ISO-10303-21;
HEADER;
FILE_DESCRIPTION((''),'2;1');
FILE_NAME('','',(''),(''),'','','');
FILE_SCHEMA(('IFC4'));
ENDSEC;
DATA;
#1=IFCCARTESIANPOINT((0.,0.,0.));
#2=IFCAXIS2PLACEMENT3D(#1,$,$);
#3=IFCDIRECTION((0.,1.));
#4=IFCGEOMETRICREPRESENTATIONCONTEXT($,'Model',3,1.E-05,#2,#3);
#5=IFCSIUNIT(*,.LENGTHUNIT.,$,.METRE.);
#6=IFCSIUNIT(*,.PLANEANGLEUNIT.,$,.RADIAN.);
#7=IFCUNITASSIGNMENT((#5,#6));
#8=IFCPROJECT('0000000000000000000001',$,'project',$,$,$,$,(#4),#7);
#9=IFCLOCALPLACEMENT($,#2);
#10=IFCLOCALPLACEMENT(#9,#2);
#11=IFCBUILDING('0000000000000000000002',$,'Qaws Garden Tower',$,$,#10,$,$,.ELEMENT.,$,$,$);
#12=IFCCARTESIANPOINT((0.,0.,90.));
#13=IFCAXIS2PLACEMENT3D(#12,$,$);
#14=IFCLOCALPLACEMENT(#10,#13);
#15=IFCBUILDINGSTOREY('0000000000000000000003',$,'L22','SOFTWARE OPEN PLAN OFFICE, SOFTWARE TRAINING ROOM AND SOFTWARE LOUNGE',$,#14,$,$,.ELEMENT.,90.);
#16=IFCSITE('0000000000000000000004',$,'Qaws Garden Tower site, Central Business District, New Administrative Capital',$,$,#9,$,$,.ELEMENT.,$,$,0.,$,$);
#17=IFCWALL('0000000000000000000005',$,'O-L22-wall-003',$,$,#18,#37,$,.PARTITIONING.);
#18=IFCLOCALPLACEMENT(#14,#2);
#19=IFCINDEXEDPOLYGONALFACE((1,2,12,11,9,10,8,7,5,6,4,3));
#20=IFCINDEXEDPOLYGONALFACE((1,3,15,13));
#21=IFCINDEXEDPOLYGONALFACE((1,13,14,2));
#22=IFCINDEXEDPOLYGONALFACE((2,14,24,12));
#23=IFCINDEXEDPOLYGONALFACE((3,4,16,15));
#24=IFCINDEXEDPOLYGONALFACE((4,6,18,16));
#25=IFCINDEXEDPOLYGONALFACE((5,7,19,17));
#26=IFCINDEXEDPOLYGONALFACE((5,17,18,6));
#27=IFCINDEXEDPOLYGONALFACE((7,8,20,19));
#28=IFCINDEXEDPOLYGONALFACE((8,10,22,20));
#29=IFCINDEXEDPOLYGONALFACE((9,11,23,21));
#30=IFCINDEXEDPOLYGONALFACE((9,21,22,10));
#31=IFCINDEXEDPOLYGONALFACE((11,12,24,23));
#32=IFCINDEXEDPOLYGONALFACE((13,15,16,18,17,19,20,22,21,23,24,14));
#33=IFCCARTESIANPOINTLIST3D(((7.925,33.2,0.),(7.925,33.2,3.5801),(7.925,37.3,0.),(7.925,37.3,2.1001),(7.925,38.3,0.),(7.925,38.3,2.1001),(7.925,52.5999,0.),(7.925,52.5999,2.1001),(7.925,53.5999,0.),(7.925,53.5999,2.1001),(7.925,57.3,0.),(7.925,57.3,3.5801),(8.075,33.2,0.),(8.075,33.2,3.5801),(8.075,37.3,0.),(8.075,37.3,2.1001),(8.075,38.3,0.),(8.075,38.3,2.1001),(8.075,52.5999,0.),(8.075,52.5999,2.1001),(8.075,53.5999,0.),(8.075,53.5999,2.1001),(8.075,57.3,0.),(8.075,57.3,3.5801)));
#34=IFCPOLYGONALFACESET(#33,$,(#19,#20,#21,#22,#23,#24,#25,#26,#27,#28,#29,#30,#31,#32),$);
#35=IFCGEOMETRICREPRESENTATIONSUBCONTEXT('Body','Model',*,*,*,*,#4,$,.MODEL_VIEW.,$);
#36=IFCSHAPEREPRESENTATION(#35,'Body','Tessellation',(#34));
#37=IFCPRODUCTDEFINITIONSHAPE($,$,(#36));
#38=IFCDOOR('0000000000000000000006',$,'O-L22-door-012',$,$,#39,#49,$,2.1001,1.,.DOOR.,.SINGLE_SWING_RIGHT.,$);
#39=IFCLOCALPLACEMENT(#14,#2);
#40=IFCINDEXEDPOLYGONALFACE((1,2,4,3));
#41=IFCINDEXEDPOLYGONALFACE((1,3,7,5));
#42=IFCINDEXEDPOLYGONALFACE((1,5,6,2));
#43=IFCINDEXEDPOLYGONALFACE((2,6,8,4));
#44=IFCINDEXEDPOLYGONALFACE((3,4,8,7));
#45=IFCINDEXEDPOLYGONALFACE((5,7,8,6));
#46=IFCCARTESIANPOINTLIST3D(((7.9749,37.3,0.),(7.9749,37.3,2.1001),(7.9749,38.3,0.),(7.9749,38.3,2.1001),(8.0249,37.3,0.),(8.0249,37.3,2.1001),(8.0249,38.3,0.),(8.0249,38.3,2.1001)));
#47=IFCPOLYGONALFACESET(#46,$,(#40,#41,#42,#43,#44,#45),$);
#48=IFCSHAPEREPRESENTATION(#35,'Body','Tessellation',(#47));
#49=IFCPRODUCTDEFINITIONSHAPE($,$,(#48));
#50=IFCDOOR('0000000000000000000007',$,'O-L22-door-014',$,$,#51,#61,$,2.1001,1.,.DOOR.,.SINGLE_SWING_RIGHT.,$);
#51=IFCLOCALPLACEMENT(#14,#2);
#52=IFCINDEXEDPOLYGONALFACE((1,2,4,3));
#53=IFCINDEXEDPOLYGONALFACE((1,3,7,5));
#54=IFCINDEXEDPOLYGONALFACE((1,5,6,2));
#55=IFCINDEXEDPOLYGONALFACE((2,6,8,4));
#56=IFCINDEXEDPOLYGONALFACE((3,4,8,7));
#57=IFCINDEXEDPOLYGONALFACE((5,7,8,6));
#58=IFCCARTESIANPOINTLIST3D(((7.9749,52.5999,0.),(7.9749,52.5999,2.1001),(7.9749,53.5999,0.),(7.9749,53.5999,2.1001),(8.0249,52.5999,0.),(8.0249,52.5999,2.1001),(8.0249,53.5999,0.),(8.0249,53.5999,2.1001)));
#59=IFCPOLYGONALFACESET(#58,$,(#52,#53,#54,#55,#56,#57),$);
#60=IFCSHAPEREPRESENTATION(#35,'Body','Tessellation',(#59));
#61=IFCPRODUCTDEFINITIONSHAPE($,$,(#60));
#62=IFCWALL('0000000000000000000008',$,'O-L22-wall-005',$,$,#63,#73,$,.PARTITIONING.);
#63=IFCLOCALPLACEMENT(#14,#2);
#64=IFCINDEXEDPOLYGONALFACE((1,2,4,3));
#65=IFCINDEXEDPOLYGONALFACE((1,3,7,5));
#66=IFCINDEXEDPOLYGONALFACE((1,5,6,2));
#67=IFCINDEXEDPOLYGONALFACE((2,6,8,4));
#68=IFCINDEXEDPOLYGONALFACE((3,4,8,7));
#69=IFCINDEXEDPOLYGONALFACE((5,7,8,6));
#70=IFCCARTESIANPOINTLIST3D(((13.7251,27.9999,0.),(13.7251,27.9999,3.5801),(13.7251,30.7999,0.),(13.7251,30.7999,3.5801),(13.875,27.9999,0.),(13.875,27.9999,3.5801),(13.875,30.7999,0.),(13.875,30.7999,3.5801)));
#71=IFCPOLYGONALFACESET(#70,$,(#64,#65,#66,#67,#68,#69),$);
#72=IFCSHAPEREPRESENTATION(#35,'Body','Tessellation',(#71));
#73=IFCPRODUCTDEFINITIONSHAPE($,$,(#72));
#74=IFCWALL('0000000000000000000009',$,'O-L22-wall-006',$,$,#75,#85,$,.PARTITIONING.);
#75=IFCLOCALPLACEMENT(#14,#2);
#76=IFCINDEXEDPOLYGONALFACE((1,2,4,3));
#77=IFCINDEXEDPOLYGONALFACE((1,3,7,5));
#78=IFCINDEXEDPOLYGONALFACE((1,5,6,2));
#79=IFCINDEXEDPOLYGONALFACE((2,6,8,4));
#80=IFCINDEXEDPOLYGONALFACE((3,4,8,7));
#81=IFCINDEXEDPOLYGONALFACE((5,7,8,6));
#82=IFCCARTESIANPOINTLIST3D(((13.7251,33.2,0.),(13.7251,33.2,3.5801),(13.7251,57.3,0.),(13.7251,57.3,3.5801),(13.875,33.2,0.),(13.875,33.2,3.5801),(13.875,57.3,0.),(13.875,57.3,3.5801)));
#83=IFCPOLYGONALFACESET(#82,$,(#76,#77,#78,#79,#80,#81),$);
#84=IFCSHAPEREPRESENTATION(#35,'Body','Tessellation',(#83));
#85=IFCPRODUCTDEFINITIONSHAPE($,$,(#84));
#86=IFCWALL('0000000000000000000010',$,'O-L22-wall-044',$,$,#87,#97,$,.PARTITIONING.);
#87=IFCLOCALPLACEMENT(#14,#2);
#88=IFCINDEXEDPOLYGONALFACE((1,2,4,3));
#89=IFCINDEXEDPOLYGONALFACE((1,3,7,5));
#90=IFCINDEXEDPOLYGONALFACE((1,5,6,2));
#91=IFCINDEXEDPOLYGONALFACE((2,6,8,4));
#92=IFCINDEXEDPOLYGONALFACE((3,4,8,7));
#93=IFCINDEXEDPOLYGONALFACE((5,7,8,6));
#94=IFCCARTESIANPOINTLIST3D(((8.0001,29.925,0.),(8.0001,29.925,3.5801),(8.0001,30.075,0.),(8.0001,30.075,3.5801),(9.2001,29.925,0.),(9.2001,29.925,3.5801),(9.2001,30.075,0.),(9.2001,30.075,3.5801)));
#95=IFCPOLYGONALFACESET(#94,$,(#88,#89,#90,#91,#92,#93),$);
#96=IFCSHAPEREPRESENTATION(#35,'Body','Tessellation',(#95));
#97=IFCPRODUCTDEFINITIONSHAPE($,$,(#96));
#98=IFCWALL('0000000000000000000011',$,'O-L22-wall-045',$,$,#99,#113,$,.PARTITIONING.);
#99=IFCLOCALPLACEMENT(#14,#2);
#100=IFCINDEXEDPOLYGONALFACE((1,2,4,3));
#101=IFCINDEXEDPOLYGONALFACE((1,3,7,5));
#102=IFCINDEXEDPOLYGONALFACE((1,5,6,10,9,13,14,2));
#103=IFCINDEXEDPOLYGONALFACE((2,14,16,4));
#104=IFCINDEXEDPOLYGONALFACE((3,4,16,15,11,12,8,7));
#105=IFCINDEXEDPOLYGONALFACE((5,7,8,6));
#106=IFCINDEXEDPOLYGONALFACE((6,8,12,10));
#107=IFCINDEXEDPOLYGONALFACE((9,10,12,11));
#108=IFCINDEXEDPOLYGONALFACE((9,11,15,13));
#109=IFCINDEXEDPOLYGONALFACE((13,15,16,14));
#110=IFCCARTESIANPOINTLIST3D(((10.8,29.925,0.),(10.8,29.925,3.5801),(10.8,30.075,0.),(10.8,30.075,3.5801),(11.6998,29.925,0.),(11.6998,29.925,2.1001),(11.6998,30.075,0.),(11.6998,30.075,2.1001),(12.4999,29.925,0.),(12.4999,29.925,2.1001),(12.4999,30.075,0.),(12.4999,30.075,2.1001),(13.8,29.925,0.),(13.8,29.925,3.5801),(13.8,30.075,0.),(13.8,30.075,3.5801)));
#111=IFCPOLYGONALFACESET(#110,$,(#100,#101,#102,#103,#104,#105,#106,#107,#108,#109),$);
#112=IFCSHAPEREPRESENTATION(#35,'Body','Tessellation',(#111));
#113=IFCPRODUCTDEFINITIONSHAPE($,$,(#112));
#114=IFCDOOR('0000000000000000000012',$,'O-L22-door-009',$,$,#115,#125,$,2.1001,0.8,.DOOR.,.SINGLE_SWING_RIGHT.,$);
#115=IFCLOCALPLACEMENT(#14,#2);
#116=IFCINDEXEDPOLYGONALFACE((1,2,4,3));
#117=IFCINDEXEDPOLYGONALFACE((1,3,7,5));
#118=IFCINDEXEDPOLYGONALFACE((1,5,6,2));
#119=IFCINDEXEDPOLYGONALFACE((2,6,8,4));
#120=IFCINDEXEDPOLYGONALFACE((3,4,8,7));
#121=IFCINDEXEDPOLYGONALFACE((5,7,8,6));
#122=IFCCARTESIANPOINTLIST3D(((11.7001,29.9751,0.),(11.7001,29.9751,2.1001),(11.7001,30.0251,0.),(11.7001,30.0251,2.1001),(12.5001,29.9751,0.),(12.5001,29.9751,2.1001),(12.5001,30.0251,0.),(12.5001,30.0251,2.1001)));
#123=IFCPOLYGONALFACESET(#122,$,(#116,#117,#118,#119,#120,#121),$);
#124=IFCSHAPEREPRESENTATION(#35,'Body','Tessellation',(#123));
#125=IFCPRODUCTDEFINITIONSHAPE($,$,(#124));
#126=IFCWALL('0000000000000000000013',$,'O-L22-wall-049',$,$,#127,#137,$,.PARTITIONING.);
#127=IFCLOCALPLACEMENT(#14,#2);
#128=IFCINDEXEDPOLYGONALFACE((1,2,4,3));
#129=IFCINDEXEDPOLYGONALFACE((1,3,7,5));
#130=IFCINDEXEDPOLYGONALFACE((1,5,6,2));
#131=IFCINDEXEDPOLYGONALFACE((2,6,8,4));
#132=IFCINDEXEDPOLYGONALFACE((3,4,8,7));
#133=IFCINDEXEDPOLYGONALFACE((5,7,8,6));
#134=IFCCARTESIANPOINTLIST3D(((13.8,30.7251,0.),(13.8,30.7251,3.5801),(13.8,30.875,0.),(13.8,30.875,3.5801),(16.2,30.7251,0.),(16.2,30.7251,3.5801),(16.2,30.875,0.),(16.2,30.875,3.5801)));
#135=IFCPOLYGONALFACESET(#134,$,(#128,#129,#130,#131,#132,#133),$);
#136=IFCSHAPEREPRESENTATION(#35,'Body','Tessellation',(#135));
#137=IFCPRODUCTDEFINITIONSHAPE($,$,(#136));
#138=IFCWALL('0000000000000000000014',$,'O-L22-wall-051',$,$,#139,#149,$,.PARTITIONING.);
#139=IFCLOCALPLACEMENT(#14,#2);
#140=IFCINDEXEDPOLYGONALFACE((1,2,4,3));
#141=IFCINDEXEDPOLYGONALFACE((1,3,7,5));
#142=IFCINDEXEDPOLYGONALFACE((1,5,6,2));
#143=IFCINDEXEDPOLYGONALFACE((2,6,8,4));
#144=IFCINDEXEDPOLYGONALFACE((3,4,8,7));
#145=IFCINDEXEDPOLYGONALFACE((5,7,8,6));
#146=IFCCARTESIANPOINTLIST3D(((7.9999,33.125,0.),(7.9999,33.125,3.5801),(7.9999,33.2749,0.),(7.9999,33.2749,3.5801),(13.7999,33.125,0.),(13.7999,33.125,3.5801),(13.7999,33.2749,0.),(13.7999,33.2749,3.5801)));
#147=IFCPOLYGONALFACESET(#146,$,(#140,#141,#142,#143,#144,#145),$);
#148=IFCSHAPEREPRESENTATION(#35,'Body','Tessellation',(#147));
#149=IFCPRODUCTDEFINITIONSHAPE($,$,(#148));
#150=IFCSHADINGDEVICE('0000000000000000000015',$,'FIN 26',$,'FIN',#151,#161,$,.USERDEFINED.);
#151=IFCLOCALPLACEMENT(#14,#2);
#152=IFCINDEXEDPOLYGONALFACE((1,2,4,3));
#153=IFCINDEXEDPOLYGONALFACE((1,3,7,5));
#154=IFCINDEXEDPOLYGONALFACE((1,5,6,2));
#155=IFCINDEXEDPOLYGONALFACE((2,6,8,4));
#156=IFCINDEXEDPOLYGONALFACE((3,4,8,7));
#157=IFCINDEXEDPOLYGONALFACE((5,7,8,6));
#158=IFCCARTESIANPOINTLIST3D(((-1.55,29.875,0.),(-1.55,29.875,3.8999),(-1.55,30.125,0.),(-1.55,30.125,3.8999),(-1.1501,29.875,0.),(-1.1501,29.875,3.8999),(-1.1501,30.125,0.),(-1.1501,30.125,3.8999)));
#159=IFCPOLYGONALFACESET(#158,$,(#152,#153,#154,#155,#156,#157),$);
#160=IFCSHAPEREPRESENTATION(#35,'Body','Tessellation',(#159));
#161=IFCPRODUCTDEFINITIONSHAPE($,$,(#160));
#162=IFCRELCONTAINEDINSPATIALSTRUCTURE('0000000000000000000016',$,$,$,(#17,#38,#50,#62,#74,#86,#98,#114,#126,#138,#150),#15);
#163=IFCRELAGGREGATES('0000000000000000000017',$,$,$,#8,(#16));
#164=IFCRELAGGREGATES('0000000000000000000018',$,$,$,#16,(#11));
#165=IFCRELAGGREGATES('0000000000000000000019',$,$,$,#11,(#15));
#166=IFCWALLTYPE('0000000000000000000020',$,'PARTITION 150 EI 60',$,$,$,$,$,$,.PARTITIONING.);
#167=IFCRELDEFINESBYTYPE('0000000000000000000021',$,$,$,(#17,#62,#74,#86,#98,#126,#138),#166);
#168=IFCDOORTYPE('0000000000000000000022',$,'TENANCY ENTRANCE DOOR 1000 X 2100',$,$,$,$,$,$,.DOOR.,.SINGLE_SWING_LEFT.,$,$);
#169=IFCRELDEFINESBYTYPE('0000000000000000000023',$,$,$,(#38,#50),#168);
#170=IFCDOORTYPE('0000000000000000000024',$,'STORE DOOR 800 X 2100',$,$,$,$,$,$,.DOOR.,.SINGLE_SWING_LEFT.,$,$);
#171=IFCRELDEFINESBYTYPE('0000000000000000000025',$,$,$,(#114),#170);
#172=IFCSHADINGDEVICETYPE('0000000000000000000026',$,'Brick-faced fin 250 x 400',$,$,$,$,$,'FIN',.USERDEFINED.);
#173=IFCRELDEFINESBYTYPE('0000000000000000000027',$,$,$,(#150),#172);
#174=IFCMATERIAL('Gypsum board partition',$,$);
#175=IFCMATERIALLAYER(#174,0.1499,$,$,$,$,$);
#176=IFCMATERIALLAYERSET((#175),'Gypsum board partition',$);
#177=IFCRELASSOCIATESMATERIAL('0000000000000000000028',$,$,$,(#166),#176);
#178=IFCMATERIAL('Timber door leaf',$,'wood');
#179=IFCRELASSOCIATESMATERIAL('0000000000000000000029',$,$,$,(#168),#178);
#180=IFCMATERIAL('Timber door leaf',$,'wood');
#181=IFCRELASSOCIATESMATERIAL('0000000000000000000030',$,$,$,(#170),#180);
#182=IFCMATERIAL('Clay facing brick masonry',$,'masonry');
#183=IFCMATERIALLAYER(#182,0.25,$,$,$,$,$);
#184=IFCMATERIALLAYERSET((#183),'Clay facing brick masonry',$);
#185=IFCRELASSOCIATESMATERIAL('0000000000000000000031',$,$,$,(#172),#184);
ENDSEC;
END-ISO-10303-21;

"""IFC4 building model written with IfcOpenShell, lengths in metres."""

from ifc_helpers import new_model, si_unit, direction, frame, frame_2d, origin, origin_2d, place, context, subcontext, project, spatial, rectangle, extrude, material, layer, layer_set, type_object, element, fill, save


model = new_model("IFC4")

# Units and contexts
model_context = context("Model", 3, precision=1e-05, world=origin(), true_north=direction((0.0, 1.0)))
body_context = subcontext(model_context, "Body", "Model", "MODEL_VIEW")
ifc_project = project(units=[si_unit("LENGTHUNIT", "METRE"), si_unit("PLANEANGLEUNIT", "RADIAN")], contexts=[model_context])

# Site, building, storey
site_placement = place(None, origin())
site = spatial("IfcSite", under=ifc_project, at=site_placement, Name="Qaws Garden Tower site, Central Business District, New Administrative Capital", CompositionType="ELEMENT", RefElevation=0.0)
building_placement = place(site_placement, origin())
building = spatial("IfcBuilding", under=site, at=building_placement, Name="Qaws Garden Tower", CompositionType="ELEMENT")
storey_placement = place(building_placement, frame((0.0, 0.0, 90.0)))
storey = spatial("IfcBuildingStorey", under=building, at=storey_placement, Name="L22", Description="SOFTWARE OPEN PLAN OFFICE, SOFTWARE TRAINING ROOM AND SOFTWARE LOUNGE", CompositionType="ELEMENT", Elevation=90.0)

# Shared definitions
ifc_material_1 = material(Name="Gypsum board partition")
ifc_layer_1 = layer(ifc_material_1, 0.1499)
ifc_layer_set_1 = layer_set([ifc_layer_1], Name="Gypsum board partition")
wall_type_1 = type_object("IfcWallType", Name="PARTITION 150 EI 60", PredefinedType="PARTITIONING", material=ifc_layer_set_1)

# Wall, openings, doors
wall_1_placement = place(storey_placement, frame((8.0, 33.2, 0.0), z_axis=(0.0, 0.0, 1.0), x_axis=(0.0, 1.0, 0.0)))
wall_1 = element("IfcWall", 1, at=wall_1_placement, inside=storey, type_object=wall_type_1, Name="O-L22-wall-003", PredefinedType="PARTITIONING", context=body_context, shape_type="SweptSolid", body=[
    extrude(rectangle(XDim=24.1001, YDim=0.1499, at=frame_2d((12.05, 0.0))), origin(), (0.0, 0.0, 1.0), 3.5801),
])
opening_1_placement = place(wall_1_placement, frame((4.1001, 0.0, 0.0)))
opening_1 = element("IfcOpeningElement", 2, at=opening_1_placement, cuts=wall_1, PredefinedType="OPENING", context=body_context, shape_type="SweptSolid", body=[
    extrude(rectangle(XDim=1.0, YDim=2.1001, at=frame_2d((0.5, 1.05))), frame((0.0, 0.085, 0.0), z_axis=(0.0, -1.0, 0.0), x_axis=(1.0, 0.0, 0.0)), (0.0, 0.0, 1.0), 0.1699),
])
opening_2_placement = place(wall_1_placement, frame((19.3999, 0.0, 0.0)))
opening_2 = element("IfcOpeningElement", 3, at=opening_2_placement, cuts=wall_1, PredefinedType="OPENING", context=body_context, shape_type="SweptSolid", body=[
    extrude(rectangle(XDim=1.0, YDim=2.1001, at=frame_2d((0.5, 1.05))), frame((0.0, 0.085, 0.0), z_axis=(0.0, -1.0, 0.0), x_axis=(1.0, 0.0, 0.0)), (0.0, 0.0, 1.0), 0.1699),
])
ifc_material_2 = material(Name="Timber door leaf", Category="wood")
door_type_1 = type_object("IfcDoorType", Name="TENANCY ENTRANCE DOOR 1000 X 2100", OperationType="SINGLE_SWING_LEFT", PredefinedType="DOOR", material=ifc_material_2)
door_1_placement = place(opening_1_placement, frame((1.0, 0.0, 0.0), z_axis=(0.0, 0.0, 1.0), x_axis=(-1.0, 0.0, 0.0)))
door_1 = element("IfcDoor", 4, at=door_1_placement, inside=storey, type_object=door_type_1, Name="O-L22-door-012", OperationType="SINGLE_SWING_RIGHT", OverallHeight=2.1001, OverallWidth=1.0, PredefinedType="DOOR", context=body_context, shape_type="SweptSolid", body=[
    extrude(rectangle(XDim=1.0, YDim=2.1001, at=frame_2d((0.5, 1.05))), frame((0.0, 0.0249, 0.0), z_axis=(0.0, -1.0, 0.0), x_axis=(1.0, 0.0, 0.0)), (0.0, 0.0, 1.0), 0.05),
])
fill(opening_1, door_1)
door_2_placement = place(opening_2_placement, frame((1.0, 0.0, 0.0), z_axis=(0.0, 0.0, 1.0), x_axis=(-1.0, 0.0, 0.0)))
door_2 = element("IfcDoor", 5, at=door_2_placement, inside=storey, type_object=door_type_1, Name="O-L22-door-014", OperationType="SINGLE_SWING_RIGHT", OverallHeight=2.1001, OverallWidth=1.0, PredefinedType="DOOR", context=body_context, shape_type="SweptSolid", body=[
    extrude(rectangle(XDim=1.0, YDim=2.1001, at=frame_2d((0.5, 1.05))), frame((0.0, 0.0249, 0.0), z_axis=(0.0, -1.0, 0.0), x_axis=(1.0, 0.0, 0.0)), (0.0, 0.0, 1.0), 0.05),
])
fill(opening_2, door_2)

# Walls
wall_2_placement = place(storey_placement, frame((13.8, 28.0, 0.0), z_axis=(0.0, 0.0, 1.0), x_axis=(0.0, 1.0, 0.0)))
element("IfcWall", 6, at=wall_2_placement, inside=storey, type_object=wall_type_1, Name="O-L22-wall-005", PredefinedType="PARTITIONING", context=body_context, shape_type="SweptSolid", body=[
    extrude(rectangle(XDim=2.8, YDim=0.1499, at=frame_2d((1.3999, 0.0))), origin(), (0.0, 0.0, 1.0), 3.5801),
])
wall_3_placement = place(storey_placement, frame((13.8, 33.2, 0.0), z_axis=(0.0, 0.0, 1.0), x_axis=(0.0, 1.0, 0.0)))
element("IfcWall", 7, at=wall_3_placement, inside=storey, type_object=wall_type_1, Name="O-L22-wall-006", PredefinedType="PARTITIONING", context=body_context, shape_type="SweptSolid", body=[
    extrude(rectangle(XDim=24.1001, YDim=0.1499, at=frame_2d((12.05, 0.0))), origin(), (0.0, 0.0, 1.0), 3.5801),
])
wall_4_placement = place(storey_placement, frame((8.0, 30.0, 0.0), z_axis=(0.0, 0.0, 1.0), x_axis=(1.0, 0.0, 0.0)))
element("IfcWall", 8, at=wall_4_placement, inside=storey, type_object=wall_type_1, Name="O-L22-wall-044", PredefinedType="PARTITIONING", context=body_context, shape_type="SweptSolid", body=[
    extrude(rectangle(XDim=1.2, YDim=0.1499, at=frame_2d((0.6001, 0.0))), origin(), (0.0, 0.0, 1.0), 3.5801),
])

# Wall, opening, door
wall_5_placement = place(storey_placement, frame((10.8, 30.0, 0.0), z_axis=(0.0, 0.0, 1.0), x_axis=(1.0, 0.0, 0.0)))
wall_5 = element("IfcWall", 9, at=wall_5_placement, inside=storey, type_object=wall_type_1, Name="O-L22-wall-045", PredefinedType="PARTITIONING", context=body_context, shape_type="SweptSolid", body=[
    extrude(rectangle(XDim=3.0, YDim=0.1499, at=frame_2d((1.5, 0.0))), origin(), (0.0, 0.0, 1.0), 3.5801),
])
opening_3_placement = place(wall_5_placement, frame((0.8999, 0.0, 0.0)))
opening_3 = element("IfcOpeningElement", 10, at=opening_3_placement, cuts=wall_5, PredefinedType="OPENING", context=body_context, shape_type="SweptSolid", body=[
    extrude(rectangle(XDim=0.8, YDim=2.1001, at=frame_2d((0.3999, 1.05))), frame((0.0, 0.085, 0.0), z_axis=(0.0, -1.0, 0.0), x_axis=(1.0, 0.0, 0.0)), (0.0, 0.0, 1.0), 0.1699),
])
ifc_material_3 = material(Name="Timber door leaf", Category="wood")
door_type_2 = type_object("IfcDoorType", Name="STORE DOOR 800 X 2100", OperationType="SINGLE_SWING_LEFT", PredefinedType="DOOR", material=ifc_material_3)
door_3_placement = place(opening_3_placement, frame((0.8, 0.0, 0.0), z_axis=(0.0, 0.0, 1.0), x_axis=(-1.0, 0.0, 0.0)))
door_3 = element("IfcDoor", 11, at=door_3_placement, inside=storey, type_object=door_type_2, Name="O-L22-door-009", OperationType="SINGLE_SWING_RIGHT", OverallHeight=2.1001, OverallWidth=0.8, PredefinedType="DOOR", context=body_context, shape_type="SweptSolid", body=[
    extrude(rectangle(XDim=0.8, YDim=2.1001, at=frame_2d((0.3999, 1.05))), frame((0.0, 0.0249, 0.0), z_axis=(0.0, -1.0, 0.0), x_axis=(1.0, 0.0, 0.0)), (0.0, 0.0, 1.0), 0.05),
])
fill(opening_3, door_3)

# Walls
wall_6_placement = place(storey_placement, frame((13.8, 30.8, 0.0), z_axis=(0.0, 0.0, 1.0), x_axis=(1.0, 0.0, 0.0)))
element("IfcWall", 12, at=wall_6_placement, inside=storey, type_object=wall_type_1, Name="O-L22-wall-049", PredefinedType="PARTITIONING", context=body_context, shape_type="SweptSolid", body=[
    extrude(rectangle(XDim=2.3999, YDim=0.1499, at=frame_2d((1.2, 0.0))), origin(), (0.0, 0.0, 1.0), 3.5801),
])
wall_7_placement = place(storey_placement, frame((8.0, 33.2, 0.0), z_axis=(0.0, 0.0, 1.0), x_axis=(1.0, 0.0, 0.0)))
element("IfcWall", 13, at=wall_7_placement, inside=storey, type_object=wall_type_1, Name="O-L22-wall-051", PredefinedType="PARTITIONING", context=body_context, shape_type="SweptSolid", body=[
    extrude(rectangle(XDim=5.8, YDim=0.1499, at=frame_2d((2.8999, 0.0))), origin(), (0.0, 0.0, 1.0), 3.5801),
])

# Shading device
ifc_material_4 = material(Name="Clay facing brick masonry", Category="masonry")
ifc_layer_2 = layer(ifc_material_4, 0.25)
ifc_layer_set_2 = layer_set([ifc_layer_2], Name="Clay facing brick masonry")
shading_device_type = type_object("IfcShadingDeviceType", Name="Brick-faced fin 250 x 400", ElementType="FIN", PredefinedType="USERDEFINED", material=ifc_layer_set_2)
shading_device_placement = place(storey_placement, frame((-1.3501, 30.0, 0.0), z_axis=(0.0, 0.0, 1.0), x_axis=(0.0, -1.0, 0.0)))
element("IfcShadingDevice", 14, at=shading_device_placement, inside=storey, type_object=shading_device_type, Name="FIN 26", ObjectType="FIN", PredefinedType="USERDEFINED", context=body_context, shape_type="SweptSolid", body=[
    extrude(rectangle(XDim=0.25, YDim=0.3999, at=origin_2d()), origin(), (0.0, 0.0, 1.0), 3.8999),
])

save(model, "model.ifc")
